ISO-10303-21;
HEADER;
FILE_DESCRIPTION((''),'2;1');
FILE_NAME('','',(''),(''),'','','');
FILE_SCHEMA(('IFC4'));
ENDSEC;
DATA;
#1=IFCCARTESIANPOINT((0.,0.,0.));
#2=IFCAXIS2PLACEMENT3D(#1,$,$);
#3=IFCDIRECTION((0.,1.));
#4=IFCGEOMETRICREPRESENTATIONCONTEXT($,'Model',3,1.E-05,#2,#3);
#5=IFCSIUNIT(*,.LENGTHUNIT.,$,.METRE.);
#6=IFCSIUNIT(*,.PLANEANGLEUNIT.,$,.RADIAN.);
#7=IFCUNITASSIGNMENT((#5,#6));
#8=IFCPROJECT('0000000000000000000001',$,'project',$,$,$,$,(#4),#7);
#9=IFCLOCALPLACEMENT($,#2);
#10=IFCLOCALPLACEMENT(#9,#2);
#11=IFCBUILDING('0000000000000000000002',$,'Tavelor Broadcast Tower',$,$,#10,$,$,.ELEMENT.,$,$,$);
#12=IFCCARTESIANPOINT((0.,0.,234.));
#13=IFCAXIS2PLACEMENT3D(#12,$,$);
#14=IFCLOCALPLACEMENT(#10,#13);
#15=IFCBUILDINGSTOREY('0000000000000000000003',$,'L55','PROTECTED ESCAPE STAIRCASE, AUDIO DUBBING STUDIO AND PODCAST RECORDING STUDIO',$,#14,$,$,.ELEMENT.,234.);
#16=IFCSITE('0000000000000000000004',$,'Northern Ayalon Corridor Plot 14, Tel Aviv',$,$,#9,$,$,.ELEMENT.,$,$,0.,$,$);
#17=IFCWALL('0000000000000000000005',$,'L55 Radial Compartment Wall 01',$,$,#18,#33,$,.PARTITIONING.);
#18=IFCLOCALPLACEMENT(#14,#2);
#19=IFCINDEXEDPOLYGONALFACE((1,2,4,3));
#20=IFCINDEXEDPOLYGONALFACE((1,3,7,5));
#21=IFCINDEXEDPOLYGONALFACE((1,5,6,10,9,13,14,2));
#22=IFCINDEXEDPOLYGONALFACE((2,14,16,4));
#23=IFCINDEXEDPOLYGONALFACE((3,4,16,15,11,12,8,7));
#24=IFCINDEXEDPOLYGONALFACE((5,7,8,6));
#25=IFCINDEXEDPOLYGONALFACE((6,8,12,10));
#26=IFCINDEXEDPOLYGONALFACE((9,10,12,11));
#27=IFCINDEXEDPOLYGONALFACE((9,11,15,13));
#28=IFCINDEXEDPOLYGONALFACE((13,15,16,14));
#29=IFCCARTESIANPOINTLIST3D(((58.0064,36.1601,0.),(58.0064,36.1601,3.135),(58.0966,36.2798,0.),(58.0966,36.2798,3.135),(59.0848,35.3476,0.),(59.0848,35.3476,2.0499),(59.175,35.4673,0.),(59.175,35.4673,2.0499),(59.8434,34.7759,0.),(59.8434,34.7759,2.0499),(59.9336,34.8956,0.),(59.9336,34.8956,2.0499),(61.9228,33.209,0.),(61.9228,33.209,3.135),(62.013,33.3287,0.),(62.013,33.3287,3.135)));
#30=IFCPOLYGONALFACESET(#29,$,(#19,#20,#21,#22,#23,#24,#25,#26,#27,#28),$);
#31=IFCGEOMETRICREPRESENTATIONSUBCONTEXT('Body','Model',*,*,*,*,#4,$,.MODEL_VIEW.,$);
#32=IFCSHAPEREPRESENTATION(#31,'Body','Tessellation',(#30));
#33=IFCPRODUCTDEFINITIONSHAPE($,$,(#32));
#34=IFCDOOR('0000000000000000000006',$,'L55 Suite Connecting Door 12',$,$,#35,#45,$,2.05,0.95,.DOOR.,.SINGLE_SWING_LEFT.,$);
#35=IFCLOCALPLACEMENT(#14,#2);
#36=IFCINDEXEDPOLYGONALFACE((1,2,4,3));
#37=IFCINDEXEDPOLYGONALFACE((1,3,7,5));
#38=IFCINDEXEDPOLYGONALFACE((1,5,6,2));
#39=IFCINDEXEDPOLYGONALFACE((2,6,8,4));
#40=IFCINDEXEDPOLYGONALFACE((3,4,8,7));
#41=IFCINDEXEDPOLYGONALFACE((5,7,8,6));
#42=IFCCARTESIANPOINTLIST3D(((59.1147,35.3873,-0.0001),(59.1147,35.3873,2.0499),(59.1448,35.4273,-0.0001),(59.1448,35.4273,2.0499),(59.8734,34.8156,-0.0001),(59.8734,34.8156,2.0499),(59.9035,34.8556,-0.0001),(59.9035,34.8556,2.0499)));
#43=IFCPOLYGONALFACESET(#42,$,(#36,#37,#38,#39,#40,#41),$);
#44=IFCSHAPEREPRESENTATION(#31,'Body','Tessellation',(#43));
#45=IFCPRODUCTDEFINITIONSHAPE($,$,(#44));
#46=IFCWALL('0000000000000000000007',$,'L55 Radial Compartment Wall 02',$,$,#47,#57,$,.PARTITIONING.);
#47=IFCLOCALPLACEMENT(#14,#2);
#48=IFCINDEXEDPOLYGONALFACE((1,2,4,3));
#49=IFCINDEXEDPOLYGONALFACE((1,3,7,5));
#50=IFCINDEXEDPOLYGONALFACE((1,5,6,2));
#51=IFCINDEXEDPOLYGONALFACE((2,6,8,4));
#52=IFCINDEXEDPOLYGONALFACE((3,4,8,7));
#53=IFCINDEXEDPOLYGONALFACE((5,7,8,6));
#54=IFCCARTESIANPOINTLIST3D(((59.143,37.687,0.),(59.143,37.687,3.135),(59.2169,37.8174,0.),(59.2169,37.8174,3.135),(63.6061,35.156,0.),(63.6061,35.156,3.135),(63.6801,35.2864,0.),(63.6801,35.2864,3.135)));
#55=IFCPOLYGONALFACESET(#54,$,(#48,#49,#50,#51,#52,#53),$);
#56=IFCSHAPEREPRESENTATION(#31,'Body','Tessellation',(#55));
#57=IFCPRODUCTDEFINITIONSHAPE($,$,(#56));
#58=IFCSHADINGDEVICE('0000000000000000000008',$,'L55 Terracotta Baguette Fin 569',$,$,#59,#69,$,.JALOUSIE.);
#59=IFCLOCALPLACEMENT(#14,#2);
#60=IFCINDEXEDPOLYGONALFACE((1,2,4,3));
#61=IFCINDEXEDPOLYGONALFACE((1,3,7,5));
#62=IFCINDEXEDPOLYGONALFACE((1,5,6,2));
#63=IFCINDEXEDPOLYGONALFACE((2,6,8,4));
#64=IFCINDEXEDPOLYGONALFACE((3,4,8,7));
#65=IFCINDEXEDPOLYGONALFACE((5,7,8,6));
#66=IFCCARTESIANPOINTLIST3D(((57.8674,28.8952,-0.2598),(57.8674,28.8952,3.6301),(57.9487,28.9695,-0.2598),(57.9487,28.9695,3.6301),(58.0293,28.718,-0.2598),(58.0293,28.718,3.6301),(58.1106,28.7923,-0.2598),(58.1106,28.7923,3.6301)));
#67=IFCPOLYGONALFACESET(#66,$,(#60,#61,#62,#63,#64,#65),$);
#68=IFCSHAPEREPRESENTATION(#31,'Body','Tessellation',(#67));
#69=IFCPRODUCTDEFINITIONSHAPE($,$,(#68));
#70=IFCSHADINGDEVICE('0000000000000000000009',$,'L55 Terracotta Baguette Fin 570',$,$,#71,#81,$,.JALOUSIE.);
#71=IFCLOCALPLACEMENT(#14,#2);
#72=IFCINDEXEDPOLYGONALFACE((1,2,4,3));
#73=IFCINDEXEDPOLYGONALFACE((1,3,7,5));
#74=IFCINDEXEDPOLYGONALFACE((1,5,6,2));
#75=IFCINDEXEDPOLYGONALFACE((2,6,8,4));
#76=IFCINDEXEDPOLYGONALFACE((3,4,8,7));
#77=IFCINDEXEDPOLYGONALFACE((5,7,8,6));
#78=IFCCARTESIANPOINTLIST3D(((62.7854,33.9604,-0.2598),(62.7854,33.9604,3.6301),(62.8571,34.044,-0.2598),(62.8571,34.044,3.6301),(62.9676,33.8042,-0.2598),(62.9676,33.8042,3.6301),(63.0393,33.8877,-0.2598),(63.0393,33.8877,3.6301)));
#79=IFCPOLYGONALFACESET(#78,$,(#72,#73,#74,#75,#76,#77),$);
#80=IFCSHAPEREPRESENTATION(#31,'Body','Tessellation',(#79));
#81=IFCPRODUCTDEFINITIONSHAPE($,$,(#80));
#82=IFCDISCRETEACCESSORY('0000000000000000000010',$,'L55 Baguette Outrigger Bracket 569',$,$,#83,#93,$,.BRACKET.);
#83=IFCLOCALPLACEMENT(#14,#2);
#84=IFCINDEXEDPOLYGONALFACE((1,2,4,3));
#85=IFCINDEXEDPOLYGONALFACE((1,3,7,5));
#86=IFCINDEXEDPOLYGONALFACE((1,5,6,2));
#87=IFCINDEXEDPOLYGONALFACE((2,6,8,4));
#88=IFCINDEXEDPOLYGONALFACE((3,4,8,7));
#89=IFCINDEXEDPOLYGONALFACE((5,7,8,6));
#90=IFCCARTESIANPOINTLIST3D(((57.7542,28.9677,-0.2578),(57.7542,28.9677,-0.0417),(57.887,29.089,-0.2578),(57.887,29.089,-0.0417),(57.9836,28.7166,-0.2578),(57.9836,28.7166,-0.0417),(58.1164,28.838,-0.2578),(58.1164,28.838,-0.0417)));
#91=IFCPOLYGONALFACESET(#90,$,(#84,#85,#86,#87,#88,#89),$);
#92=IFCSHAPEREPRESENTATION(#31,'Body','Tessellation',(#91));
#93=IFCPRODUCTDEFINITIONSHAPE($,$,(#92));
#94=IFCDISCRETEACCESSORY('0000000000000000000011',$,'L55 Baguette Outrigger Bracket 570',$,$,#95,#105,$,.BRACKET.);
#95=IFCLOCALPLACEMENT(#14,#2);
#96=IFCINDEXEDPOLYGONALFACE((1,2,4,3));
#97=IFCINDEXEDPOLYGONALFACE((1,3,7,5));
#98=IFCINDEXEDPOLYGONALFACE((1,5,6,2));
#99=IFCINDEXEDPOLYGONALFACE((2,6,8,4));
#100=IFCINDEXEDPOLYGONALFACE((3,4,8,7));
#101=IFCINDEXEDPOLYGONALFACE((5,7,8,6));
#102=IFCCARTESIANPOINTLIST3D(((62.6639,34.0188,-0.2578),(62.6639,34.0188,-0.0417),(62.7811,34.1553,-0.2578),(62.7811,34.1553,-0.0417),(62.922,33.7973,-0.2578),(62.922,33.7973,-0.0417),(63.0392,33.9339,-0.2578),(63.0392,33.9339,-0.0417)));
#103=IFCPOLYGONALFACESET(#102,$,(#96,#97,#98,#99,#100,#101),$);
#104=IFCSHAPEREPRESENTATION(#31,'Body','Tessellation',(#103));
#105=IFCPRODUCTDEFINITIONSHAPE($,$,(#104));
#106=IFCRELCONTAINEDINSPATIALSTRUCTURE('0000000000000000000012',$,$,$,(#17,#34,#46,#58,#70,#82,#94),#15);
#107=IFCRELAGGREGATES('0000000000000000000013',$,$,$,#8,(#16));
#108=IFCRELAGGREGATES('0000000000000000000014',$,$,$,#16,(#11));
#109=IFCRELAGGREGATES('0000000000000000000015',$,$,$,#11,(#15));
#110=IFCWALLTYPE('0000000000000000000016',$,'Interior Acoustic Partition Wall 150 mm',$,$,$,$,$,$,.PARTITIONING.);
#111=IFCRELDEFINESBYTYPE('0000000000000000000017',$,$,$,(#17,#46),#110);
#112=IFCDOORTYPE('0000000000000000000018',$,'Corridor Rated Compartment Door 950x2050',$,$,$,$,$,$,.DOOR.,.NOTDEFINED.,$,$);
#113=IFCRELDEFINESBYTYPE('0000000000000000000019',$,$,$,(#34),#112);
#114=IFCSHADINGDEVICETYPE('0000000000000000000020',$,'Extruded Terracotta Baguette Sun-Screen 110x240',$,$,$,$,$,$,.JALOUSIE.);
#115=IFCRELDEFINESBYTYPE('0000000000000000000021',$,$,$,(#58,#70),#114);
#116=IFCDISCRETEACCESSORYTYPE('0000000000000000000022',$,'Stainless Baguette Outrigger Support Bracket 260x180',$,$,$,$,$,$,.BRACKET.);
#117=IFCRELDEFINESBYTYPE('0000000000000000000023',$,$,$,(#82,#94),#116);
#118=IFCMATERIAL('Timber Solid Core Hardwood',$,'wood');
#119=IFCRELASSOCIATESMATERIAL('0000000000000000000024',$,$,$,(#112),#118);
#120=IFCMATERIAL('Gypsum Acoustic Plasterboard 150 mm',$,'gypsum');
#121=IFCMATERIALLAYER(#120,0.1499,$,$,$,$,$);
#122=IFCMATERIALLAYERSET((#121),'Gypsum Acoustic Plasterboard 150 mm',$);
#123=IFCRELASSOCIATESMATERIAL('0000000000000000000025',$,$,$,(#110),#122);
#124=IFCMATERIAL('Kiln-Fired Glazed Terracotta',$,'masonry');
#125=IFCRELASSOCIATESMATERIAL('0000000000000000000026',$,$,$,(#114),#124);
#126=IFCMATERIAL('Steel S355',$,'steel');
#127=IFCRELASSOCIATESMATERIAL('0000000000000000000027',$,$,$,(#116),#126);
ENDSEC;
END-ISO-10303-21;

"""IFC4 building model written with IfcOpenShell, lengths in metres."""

from ifc_helpers import new_model, si_unit, direction, frame, frame_2d, origin, origin_2d, place, context, subcontext, project, spatial, rectangle, extrude, source, transform, mapped, material, layer, layer_set, type_object, type_shapes, element, fill, save


model = new_model("IFC4")

# Units and contexts
model_context = context("Model", 3, precision=1e-05, world=origin(), true_north=direction((0.0, 1.0)))
body_context = subcontext(model_context, "Body", "Model", "MODEL_VIEW")
ifc_project = project(units=[si_unit("LENGTHUNIT", "METRE"), si_unit("PLANEANGLEUNIT", "RADIAN")], contexts=[model_context])

# Site, building, storey
site_placement = place(None, origin())
site = spatial("IfcSite", under=ifc_project, at=site_placement, Name="Northern Ayalon Corridor Plot 14, Tel Aviv", CompositionType="ELEMENT", RefElevation=0.0)
building_placement = place(site_placement, origin())
building = spatial("IfcBuilding", under=site, at=building_placement, Name="Tavelor Broadcast Tower", CompositionType="ELEMENT")
storey_placement = place(building_placement, frame((0.0, 0.0, 234.0)))
storey = spatial("IfcBuildingStorey", under=building, at=storey_placement, Name="L55", Description="PROTECTED ESCAPE STAIRCASE, AUDIO DUBBING STUDIO AND PODCAST RECORDING STUDIO", CompositionType="ELEMENT", Elevation=234.0)

# Shared definitions
ifc_material_1 = material(Name="Steel S355", Category="steel")

# Shared definitions
ifc_material_2 = material(Name="Timber Solid Core Hardwood", Category="wood")
door_type = type_object("IfcDoorType", Name="Corridor Rated Compartment Door 950x2050", OperationType="NOTDEFINED", PredefinedType="DOOR", material=ifc_material_2)

# Wall, opening, door
ifc_material_3 = material(Name="Gypsum Acoustic Plasterboard 150 mm", Category="gypsum")
ifc_layer_1 = layer(ifc_material_3, 0.1499)
ifc_layer_set_1 = layer_set([ifc_layer_1], Name="Gypsum Acoustic Plasterboard 150 mm")
wall_type_1 = type_object("IfcWallType", Name="Interior Acoustic Partition Wall 150 mm", PredefinedType="PARTITIONING", material=ifc_layer_set_1)
wall_1_placement = place(storey_placement, frame((58.0515, 36.22, 0.0), z_axis=(0.0, 0.0, 1.0), x_axis=(0.798648, -0.601799, 0.0)))
wall_1 = element("IfcWall", 1, at=wall_1_placement, inside=storey, type_object=wall_type_1, Name="L55 Radial Compartment Wall 01", PredefinedType="PARTITIONING", context=body_context, shape_type="SweptSolid", body=[
    extrude(rectangle(XDim=4.9038, YDim=0.1499, at=frame_2d((2.4519, 0.0))), origin(), (0.0, 0.0, 1.0), 3.135),
])
opening_1_placement = place(wall_1_placement, frame((1.3501, 0.0, 0.0)))
opening_1 = element("IfcOpeningElement", 2, at=opening_1_placement, cuts=wall_1, PredefinedType="OPENING", context=body_context, shape_type="SweptSolid", body=[
    extrude(rectangle(XDim=0.95, YDim=2.05, at=frame_2d((0.4751, 1.0249))), frame((0.0, 0.085, 0.0), z_axis=(0.0, -1.0, 0.0), x_axis=(1.0, 0.0, 0.0)), (0.0, 0.0, 1.0), 0.1699),
])
door_1_placement = place(opening_1_placement, origin())
door_1 = element("IfcDoor", 3, at=door_1_placement, inside=storey, type_object=door_type, Name="L55 Suite Connecting Door 12", OperationType="SINGLE_SWING_LEFT", OverallHeight=2.05, OverallWidth=0.95, PredefinedType="DOOR", context=body_context, shape_type="SweptSolid", body=[
    extrude(rectangle(XDim=0.95, YDim=2.05, at=frame_2d((0.4751, 1.0249))), frame((0.0, 0.0249, 0.0), z_axis=(0.0, -1.0, 0.0), x_axis=(1.0, 0.0, 0.0)), (0.0, 0.0, 1.0), 0.05),
])
fill(opening_1, door_1)

# Wall
wall_2_placement = place(storey_placement, frame((59.1799, 37.7522, 0.0), z_axis=(0.0, 0.0, 1.0), x_axis=(0.869864, -0.493292, 0.0)))
element("IfcWall", 4, at=wall_2_placement, inside=storey, type_object=wall_type_1, Name="L55 Radial Compartment Wall 02", PredefinedType="PARTITIONING", context=body_context, shape_type="SweptSolid", body=[
    extrude(rectangle(XDim=5.1309, YDim=0.1499, at=frame_2d((2.5654, 0.0))), origin(), (0.0, 0.0, 1.0), 3.135),
])

# Shading devices
ifc_material_4 = material(Name="Kiln-Fired Glazed Terracotta", Category="masonry")
shading_device_type = type_object("IfcShadingDeviceType", Name="Extruded Terracotta Baguette Sun-Screen 110x240", PredefinedType="JALOUSIE", material=ifc_material_4)
shared_shape_1 = source(origin(), body_context, "Body", "SweptSolid", [
    extrude(rectangle(XDim=0.1101, YDim=0.24, at=origin_2d()), origin(), (0.0, 0.0, 1.0), 3.8899),
])
type_shapes(shading_device_type, [shared_shape_1])
for number, where, z_axis, x_axis, name in (
    (5, (57.989, 28.8438, -0.2598), (0.0, 0.0, 1.0), (0.73822, 0.67456, 0.0), "L55 Terracotta Baguette Fin 569"),
    (6, (62.9124, 33.9241, -0.2598), (0.0, 0.0, 1.0), (0.651172, 0.75893, 0.0), "L55 Terracotta Baguette Fin 570"),
):
    element("IfcShadingDevice", number, at=place(storey_placement, frame(where, z_axis=z_axis, x_axis=x_axis)), inside=storey, type_object=shading_device_type, Name=name, PredefinedType="JALOUSIE", context=body_context, shape_type="MappedRepresentation", body=[
        mapped(shared_shape_1, transform((0.0, 0.0, 0.0), scale=1.0)),
    ])

# Discrete accessories
discrete_accessory_type = type_object("IfcDiscreteAccessoryType", Name="Stainless Baguette Outrigger Support Bracket 260x180", PredefinedType="BRACKET", material=ifc_material_1)
shared_shape_2 = source(origin(), body_context, "Body", "SweptSolid", [
    extrude(rectangle(XDim=0.1799, YDim=0.3401, at=origin_2d()), origin(), (0.0, 0.0, 1.0), 0.2161),
])
type_shapes(discrete_accessory_type, [shared_shape_2])
for number, where, z_axis, x_axis, name in (
    (7, (57.9353, 28.9028, -0.2578), (0.0, 0.0, 1.0), (0.73822, 0.67456, 0.0), "L55 Baguette Outrigger Bracket 569"),
    (8, (62.8516, 33.9763, -0.2578), (0.0, 0.0, 1.0), (0.651172, 0.75893, 0.0), "L55 Baguette Outrigger Bracket 570"),
):
    element("IfcDiscreteAccessory", number, at=place(storey_placement, frame(where, z_axis=z_axis, x_axis=x_axis)), inside=storey, type_object=discrete_accessory_type, Name=name, PredefinedType="BRACKET", context=body_context, shape_type="MappedRepresentation", body=[
        mapped(shared_shape_2, transform((0.0, 0.0, 0.0), scale=1.0)),
    ])

save(model, "model.ifc")
